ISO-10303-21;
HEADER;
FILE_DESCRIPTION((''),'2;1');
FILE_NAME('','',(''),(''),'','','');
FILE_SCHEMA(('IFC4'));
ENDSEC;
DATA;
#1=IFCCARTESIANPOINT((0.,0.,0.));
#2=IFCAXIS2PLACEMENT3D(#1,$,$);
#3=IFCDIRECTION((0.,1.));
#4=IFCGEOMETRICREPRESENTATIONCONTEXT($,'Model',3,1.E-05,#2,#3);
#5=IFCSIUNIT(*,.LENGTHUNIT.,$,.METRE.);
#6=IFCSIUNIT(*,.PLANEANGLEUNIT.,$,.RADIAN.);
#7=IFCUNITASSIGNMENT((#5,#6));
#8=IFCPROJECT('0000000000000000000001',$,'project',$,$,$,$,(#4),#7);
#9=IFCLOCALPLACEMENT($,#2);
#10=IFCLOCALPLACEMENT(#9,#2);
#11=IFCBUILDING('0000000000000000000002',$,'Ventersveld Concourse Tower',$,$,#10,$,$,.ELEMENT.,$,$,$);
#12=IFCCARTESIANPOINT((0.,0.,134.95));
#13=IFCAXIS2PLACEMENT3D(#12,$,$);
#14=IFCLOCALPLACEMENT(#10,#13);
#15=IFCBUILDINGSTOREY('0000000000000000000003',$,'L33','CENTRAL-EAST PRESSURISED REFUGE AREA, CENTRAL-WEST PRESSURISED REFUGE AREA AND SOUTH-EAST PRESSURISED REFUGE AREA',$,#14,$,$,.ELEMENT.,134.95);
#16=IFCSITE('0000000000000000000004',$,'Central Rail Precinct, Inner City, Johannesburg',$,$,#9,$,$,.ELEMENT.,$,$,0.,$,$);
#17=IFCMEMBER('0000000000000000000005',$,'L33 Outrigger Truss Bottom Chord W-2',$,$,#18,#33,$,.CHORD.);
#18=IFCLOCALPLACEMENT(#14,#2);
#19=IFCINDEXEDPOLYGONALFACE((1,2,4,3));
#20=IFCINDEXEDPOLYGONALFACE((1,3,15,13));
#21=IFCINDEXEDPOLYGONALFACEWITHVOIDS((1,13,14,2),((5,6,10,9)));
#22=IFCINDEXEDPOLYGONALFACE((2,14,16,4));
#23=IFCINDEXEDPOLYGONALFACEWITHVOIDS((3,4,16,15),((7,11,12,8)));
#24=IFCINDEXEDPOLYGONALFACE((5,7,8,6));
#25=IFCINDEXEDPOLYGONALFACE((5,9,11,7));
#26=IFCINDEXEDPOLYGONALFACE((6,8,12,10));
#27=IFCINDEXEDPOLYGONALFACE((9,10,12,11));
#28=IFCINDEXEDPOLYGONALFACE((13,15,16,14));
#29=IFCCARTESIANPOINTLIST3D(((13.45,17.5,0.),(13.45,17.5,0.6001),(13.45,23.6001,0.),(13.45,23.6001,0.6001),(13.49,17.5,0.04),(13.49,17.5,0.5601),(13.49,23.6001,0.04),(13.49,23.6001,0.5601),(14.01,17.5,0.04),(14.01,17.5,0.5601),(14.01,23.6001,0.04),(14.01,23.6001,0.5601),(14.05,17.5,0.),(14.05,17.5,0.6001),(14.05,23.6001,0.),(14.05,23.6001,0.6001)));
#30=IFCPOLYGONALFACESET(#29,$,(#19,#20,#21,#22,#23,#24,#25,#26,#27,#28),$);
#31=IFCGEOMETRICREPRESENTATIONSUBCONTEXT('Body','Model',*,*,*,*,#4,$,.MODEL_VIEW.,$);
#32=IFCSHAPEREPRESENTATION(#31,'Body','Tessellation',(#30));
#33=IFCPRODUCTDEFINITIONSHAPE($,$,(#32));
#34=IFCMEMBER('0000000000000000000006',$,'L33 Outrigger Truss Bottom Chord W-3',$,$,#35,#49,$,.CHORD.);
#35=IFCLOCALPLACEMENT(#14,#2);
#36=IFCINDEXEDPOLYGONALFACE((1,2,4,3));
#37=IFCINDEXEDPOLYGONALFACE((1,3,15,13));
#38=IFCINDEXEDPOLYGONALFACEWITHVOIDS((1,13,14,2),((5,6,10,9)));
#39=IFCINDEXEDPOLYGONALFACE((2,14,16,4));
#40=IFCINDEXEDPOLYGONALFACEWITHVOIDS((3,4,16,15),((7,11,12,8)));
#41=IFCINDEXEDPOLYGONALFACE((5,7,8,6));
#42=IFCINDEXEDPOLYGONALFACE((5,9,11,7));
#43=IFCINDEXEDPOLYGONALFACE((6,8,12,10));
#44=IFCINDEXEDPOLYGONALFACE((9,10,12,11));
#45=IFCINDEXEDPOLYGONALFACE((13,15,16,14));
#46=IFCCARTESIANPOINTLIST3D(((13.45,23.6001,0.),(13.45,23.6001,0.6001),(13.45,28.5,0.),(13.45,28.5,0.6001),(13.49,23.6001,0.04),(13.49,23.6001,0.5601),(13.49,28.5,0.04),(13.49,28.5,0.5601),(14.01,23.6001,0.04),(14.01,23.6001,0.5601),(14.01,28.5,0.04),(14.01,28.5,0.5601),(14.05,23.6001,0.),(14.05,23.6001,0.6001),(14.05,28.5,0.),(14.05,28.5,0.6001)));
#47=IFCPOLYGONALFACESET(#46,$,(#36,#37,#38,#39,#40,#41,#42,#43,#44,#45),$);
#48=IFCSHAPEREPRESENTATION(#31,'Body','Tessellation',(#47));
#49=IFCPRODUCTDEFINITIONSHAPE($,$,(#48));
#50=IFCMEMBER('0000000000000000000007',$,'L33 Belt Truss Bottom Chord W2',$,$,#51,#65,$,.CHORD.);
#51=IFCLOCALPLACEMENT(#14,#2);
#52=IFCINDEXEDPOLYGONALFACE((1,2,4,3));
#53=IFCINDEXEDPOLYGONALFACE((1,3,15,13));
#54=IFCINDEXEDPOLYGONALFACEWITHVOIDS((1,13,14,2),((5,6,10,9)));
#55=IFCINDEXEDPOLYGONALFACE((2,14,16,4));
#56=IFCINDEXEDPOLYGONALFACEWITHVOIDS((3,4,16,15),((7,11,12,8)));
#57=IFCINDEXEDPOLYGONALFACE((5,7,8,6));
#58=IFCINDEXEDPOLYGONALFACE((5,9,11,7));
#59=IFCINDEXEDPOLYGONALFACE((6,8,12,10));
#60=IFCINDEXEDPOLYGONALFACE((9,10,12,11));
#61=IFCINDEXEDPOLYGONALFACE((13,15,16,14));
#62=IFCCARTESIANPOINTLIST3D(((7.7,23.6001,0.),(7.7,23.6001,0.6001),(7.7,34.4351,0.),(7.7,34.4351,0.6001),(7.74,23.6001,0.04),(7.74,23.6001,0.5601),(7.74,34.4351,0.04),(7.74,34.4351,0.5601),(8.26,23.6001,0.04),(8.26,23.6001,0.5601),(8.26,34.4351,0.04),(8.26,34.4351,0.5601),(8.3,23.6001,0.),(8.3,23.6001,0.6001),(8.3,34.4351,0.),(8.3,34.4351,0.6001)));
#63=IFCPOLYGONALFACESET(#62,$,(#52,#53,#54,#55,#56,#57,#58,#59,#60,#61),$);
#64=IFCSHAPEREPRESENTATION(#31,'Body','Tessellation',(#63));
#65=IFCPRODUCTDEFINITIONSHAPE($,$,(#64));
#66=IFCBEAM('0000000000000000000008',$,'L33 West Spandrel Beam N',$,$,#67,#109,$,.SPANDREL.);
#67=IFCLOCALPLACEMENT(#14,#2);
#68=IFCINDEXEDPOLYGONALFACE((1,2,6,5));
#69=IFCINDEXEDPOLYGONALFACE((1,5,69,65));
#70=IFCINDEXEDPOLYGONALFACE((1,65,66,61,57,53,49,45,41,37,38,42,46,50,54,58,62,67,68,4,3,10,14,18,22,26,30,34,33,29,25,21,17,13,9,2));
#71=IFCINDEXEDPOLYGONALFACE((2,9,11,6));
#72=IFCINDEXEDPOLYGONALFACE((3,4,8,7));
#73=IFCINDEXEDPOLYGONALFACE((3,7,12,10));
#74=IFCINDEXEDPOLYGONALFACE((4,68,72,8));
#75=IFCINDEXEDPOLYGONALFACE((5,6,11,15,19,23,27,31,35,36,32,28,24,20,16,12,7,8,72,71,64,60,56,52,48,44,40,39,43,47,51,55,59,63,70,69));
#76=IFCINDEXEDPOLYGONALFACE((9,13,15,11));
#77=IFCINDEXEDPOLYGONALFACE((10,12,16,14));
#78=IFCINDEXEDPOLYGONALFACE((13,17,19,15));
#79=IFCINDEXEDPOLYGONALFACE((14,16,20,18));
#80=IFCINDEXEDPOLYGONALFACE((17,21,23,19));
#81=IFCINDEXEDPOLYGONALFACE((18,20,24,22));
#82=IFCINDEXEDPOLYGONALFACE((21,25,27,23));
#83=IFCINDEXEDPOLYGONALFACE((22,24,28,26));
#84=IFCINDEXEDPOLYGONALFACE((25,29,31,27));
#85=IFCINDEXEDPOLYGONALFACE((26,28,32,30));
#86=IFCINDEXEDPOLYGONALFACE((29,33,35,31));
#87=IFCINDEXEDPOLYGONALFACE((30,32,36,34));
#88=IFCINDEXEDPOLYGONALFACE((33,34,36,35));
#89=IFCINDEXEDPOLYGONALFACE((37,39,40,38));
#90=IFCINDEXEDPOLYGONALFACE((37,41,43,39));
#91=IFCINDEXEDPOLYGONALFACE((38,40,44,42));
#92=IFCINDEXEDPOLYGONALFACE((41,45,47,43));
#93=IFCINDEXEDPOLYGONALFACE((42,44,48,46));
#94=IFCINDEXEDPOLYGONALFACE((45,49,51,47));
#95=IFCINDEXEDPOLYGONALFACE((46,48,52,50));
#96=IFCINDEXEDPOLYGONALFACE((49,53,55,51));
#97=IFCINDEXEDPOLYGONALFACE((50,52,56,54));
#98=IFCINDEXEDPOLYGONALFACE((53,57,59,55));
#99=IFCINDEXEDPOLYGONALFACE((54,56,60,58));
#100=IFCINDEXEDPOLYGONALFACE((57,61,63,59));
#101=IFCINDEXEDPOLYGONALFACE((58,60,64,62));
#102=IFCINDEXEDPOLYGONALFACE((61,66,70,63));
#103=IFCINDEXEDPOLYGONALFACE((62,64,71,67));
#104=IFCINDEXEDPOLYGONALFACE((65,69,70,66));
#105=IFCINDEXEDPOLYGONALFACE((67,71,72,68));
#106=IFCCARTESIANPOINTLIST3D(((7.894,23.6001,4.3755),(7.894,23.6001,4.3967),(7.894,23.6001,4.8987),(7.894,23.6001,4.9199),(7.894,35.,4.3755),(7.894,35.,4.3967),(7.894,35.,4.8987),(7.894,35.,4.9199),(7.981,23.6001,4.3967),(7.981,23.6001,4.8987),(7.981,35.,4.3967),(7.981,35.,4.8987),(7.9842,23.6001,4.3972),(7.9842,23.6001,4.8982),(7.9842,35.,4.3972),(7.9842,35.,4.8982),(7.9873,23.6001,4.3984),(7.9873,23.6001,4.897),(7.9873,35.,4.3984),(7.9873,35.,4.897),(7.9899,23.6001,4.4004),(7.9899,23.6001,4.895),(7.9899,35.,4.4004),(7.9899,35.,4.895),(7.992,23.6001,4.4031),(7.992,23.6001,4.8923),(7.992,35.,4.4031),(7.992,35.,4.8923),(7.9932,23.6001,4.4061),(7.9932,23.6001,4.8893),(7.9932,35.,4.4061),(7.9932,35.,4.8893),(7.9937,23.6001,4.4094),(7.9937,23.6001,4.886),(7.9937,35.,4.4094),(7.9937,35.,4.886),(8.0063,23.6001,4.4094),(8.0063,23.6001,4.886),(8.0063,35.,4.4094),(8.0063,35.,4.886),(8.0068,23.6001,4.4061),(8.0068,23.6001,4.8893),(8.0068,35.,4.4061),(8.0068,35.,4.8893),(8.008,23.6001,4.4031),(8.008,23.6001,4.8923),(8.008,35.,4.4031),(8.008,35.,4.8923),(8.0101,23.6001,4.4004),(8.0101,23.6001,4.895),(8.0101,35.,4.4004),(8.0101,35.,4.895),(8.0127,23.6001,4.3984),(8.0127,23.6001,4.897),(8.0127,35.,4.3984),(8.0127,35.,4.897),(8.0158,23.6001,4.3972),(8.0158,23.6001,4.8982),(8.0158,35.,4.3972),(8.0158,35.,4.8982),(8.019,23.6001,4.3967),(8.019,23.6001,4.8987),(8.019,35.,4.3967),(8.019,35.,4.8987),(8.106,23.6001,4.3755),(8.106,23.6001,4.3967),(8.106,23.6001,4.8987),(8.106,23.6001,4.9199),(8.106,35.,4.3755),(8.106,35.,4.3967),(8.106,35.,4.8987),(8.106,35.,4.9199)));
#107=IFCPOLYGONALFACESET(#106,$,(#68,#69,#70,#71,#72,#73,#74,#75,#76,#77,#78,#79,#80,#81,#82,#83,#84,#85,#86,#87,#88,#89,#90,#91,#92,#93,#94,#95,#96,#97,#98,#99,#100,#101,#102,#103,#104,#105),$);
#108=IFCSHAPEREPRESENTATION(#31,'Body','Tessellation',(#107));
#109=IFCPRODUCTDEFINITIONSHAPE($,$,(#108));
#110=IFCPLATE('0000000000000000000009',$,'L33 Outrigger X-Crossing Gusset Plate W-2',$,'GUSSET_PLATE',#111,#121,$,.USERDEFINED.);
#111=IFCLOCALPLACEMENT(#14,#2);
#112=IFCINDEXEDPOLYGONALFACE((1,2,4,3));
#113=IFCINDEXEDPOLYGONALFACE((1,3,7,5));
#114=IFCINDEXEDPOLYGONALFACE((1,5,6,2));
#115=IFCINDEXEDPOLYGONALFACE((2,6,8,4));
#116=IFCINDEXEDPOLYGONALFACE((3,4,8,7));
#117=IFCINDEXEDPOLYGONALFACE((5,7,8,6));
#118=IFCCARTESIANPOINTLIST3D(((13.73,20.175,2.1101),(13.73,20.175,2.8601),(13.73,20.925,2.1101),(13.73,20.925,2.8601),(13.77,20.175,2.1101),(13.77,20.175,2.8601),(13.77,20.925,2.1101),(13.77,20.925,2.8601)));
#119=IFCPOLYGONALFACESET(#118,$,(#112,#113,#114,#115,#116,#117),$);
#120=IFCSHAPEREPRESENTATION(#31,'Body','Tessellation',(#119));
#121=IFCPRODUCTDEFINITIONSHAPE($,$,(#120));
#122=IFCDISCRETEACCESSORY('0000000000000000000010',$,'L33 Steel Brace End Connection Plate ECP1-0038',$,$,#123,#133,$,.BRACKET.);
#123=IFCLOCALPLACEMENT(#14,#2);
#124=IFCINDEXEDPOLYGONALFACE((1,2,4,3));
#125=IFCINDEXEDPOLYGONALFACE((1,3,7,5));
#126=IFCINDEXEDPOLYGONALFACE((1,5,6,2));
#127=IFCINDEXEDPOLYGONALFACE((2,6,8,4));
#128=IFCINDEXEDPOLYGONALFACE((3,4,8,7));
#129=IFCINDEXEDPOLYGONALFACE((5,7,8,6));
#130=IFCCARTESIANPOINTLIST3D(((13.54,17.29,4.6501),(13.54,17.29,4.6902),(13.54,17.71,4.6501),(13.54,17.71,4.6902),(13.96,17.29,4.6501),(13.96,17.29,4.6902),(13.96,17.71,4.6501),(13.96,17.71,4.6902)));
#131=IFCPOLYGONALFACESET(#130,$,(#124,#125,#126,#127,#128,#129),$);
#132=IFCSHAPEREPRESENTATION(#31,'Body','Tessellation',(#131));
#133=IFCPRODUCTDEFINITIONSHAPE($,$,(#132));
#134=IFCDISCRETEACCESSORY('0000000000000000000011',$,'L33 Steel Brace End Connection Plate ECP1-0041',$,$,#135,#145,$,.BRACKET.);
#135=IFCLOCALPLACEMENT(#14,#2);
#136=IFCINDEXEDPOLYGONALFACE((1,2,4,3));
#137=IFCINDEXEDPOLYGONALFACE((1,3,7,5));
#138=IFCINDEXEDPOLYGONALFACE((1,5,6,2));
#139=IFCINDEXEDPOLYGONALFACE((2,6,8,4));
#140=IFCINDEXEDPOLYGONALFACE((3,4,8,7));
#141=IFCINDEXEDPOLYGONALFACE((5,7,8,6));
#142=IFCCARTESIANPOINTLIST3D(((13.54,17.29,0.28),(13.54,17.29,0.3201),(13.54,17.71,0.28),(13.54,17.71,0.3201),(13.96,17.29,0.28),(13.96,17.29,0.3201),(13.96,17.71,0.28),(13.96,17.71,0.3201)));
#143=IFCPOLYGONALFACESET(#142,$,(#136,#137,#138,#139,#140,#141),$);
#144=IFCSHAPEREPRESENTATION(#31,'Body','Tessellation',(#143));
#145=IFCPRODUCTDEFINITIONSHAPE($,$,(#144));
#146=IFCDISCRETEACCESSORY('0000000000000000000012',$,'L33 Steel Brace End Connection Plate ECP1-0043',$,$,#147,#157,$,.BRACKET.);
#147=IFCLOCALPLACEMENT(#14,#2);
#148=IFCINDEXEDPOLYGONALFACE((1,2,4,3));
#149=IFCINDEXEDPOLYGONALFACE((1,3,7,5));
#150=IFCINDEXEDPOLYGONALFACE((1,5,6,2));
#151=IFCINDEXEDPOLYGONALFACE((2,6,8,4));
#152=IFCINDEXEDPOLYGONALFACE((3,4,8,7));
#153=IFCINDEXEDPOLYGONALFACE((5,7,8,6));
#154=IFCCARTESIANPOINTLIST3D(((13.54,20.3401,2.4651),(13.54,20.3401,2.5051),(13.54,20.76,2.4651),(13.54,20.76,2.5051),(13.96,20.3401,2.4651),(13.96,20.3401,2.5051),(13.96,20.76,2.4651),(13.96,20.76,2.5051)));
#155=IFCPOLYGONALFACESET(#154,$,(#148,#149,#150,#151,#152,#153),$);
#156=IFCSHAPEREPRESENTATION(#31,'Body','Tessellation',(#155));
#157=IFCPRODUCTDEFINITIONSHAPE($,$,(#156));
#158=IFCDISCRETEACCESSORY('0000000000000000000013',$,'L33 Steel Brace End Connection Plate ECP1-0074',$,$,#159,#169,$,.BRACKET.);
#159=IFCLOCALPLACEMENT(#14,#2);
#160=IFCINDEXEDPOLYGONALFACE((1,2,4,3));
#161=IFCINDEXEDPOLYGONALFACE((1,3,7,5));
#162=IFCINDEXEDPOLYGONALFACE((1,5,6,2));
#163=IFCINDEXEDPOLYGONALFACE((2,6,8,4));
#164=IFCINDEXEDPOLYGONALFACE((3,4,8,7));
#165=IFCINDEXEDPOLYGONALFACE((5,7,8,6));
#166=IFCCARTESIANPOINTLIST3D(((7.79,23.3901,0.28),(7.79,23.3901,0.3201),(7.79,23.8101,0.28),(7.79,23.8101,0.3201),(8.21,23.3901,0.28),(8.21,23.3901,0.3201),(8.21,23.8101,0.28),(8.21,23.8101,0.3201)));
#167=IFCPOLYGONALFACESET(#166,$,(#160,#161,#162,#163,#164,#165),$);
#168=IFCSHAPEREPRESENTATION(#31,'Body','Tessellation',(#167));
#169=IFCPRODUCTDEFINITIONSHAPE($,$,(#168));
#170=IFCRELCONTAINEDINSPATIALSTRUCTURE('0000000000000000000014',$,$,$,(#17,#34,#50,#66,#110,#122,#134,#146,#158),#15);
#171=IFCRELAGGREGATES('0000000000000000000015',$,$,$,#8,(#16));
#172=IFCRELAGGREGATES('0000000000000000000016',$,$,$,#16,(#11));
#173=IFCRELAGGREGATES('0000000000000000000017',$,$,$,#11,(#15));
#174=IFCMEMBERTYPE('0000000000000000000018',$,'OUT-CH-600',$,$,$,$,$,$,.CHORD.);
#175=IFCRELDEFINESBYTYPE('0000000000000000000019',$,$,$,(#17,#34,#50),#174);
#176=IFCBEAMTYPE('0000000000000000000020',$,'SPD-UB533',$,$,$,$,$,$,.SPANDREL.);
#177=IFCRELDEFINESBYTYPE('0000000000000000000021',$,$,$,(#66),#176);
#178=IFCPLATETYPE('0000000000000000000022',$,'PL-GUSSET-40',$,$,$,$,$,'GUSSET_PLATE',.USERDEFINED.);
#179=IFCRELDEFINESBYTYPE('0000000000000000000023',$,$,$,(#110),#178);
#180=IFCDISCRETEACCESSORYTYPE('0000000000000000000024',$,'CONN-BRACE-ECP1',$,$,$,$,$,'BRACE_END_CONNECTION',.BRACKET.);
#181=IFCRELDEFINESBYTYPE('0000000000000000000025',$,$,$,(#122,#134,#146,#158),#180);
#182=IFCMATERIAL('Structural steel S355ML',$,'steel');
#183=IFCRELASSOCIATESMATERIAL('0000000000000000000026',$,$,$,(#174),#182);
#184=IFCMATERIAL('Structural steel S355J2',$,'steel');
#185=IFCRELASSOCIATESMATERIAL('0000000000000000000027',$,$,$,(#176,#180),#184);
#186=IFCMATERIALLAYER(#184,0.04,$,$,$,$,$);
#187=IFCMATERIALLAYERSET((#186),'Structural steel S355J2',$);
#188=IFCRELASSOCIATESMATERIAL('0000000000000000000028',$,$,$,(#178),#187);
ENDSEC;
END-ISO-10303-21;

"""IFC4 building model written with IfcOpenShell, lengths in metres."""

from ifc_helpers import new_model, si_unit, direction, frame, origin, origin_2d, place, context, subcontext, project, spatial, rectangle, hollow_rectangle, i_section, extrude, material, layer, layer_set, material_profile, profile_set, type_object, element, save


model = new_model("IFC4")

# Units and contexts
model_context = context("Model", 3, precision=1e-05, world=origin(), true_north=direction((0.0, 1.0)))
body_context = subcontext(model_context, "Body", "Model", "MODEL_VIEW")
ifc_project = project(units=[si_unit("LENGTHUNIT", "METRE"), si_unit("PLANEANGLEUNIT", "RADIAN")], contexts=[model_context])

# Site, building, storey
site_placement = place(None, origin())
site = spatial("IfcSite", under=ifc_project, at=site_placement, Name="Central Rail Precinct, Inner City, Johannesburg", CompositionType="ELEMENT", RefElevation=0.0)
building_placement = place(site_placement, origin())
building = spatial("IfcBuilding", under=site, at=building_placement, Name="Ventersveld Concourse Tower", CompositionType="ELEMENT")
storey_placement = place(building_placement, frame((0.0, 0.0, 134.95)))
storey = spatial("IfcBuildingStorey", under=building, at=storey_placement, Name="L33", Description="CENTRAL-EAST PRESSURISED REFUGE AREA, CENTRAL-WEST PRESSURISED REFUGE AREA AND SOUTH-EAST PRESSURISED REFUGE AREA", CompositionType="ELEMENT", Elevation=134.95)

# Shared definitions
ifc_material_1 = material(Name="Structural steel S355ML", Category="steel")

# Shared definitions
ifc_material_2 = material(Name="Structural steel S355J2", Category="steel")

# Members
ifc_material_profile_1 = material_profile(ifc_material_1, hollow_rectangle(XDim=0.6001, YDim=0.6001, WallThickness=0.04, at=origin_2d()), Name="BOX 600x600x40")
ifc_profile_set_1 = profile_set([ifc_material_profile_1], Name="Structural steel S355ML")
member_type_1 = type_object("IfcMemberType", Name="OUT-CH-600", PredefinedType="CHORD", material=ifc_profile_set_1)
member_1_placement = place(storey_placement, frame((13.75, 17.5, 0.3), z_axis=(0.0, 1.0, 0.0), x_axis=(-1.0, 0.0, 0.0)))
element("IfcMember", 1, at=member_1_placement, inside=storey, type_object=member_type_1, Name="L33 Outrigger Truss Bottom Chord W-2", PredefinedType="CHORD", context=body_context, shape_type="SweptSolid", body=[
    extrude(hollow_rectangle(XDim=0.6001, YDim=0.6001, WallThickness=0.04, at=origin_2d()), origin(), (0.0, 0.0, 1.0), 6.1001),
])
member_2_placement = place(storey_placement, frame((13.75, 23.6001, 0.3), z_axis=(0.0, 1.0, 0.0), x_axis=(-1.0, 0.0, 0.0)))
element("IfcMember", 2, at=member_2_placement, inside=storey, type_object=member_type_1, Name="L33 Outrigger Truss Bottom Chord W-3", PredefinedType="CHORD", context=body_context, shape_type="SweptSolid", body=[
    extrude(hollow_rectangle(XDim=0.6001, YDim=0.6001, WallThickness=0.04, at=origin_2d()), origin(), (0.0, 0.0, 1.0), 4.8999),
])
member_3_placement = place(storey_placement, frame((8.0, 23.6001, 0.3), z_axis=(0.0, 1.0, 0.0), x_axis=(-1.0, 0.0, 0.0)))
element("IfcMember", 3, at=member_3_placement, inside=storey, type_object=member_type_1, Name="L33 Belt Truss Bottom Chord W2", PredefinedType="CHORD", context=body_context, shape_type="SweptSolid", body=[
    extrude(hollow_rectangle(XDim=0.6001, YDim=0.6001, WallThickness=0.04, at=origin_2d()), origin(), (0.0, 0.0, 1.0), 10.835),
])

# Beam
ifc_material_profile_2 = material_profile(ifc_material_2, i_section(OverallWidth=0.2119, OverallDepth=0.5444, WebThickness=0.0127, FlangeThickness=0.0212, FilletRadius=0.0127, at=origin_2d()), Name="UB 533x210x122")
ifc_profile_set_2 = profile_set([ifc_material_profile_2], Name="Structural steel S355J2")
beam_type_1 = type_object("IfcBeamType", Name="SPD-UB533", PredefinedType="SPANDREL", material=ifc_profile_set_2)
beam_1_placement = place(storey_placement, frame((8.0, 23.6001, 4.6477), z_axis=(0.0, 1.0, 0.0), x_axis=(-1.0, 0.0, 0.0)))
element("IfcBeam", 4, at=beam_1_placement, inside=storey, type_object=beam_type_1, Name="L33 West Spandrel Beam N", PredefinedType="SPANDREL", context=body_context, shape_type="SweptSolid", body=[
    extrude(i_section(OverallWidth=0.2119, OverallDepth=0.5444, WebThickness=0.0127, FlangeThickness=0.0212, FilletRadius=0.0127, at=origin_2d()), origin(), (0.0, 0.0, 1.0), 11.3999),
])

# Plate
ifc_layer = layer(ifc_material_2, 0.04)
ifc_layer_set = layer_set([ifc_layer], Name="Structural steel S355J2")
plate_type = type_object("IfcPlateType", Name="PL-GUSSET-40", ElementType="GUSSET_PLATE", PredefinedType="USERDEFINED", material=ifc_layer_set)
plate_placement = place(storey_placement, frame((13.75, 20.55, 2.1101), z_axis=(0.0, 0.0, 1.0), x_axis=(1.0, 0.0, 0.0)))
element("IfcPlate", 5, at=plate_placement, inside=storey, type_object=plate_type, Name="L33 Outrigger X-Crossing Gusset Plate W-2", ObjectType="GUSSET_PLATE", PredefinedType="USERDEFINED", context=body_context, shape_type="SweptSolid", body=[
    extrude(rectangle(XDim=0.04, YDim=0.75, at=origin_2d()), origin(), (0.0, 0.0, 1.0), 0.75),
])

# Discrete accessories
discrete_accessory_type = type_object("IfcDiscreteAccessoryType", Name="CONN-BRACE-ECP1", ElementType="BRACE_END_CONNECTION", PredefinedType="BRACKET", material=ifc_material_2)
for number, where, z_axis, x_axis, name in (
    (6, (13.75, 17.5, 4.6501), (0.0, 0.0, 1.0), (1.0, 0.0, 0.0), "L33 Steel Brace End Connection Plate ECP1-0038"),
    (7, (13.75, 17.5, 0.28), (0.0, 0.0, 1.0), (1.0, 0.0, 0.0), "L33 Steel Brace End Connection Plate ECP1-0041"),
    (8, (13.75, 20.55, 2.4651), (0.0, 0.0, 1.0), (1.0, 0.0, 0.0), "L33 Steel Brace End Connection Plate ECP1-0043"),
    (9, (8.0, 23.6001, 0.28), (0.0, 0.0, 1.0), (1.0, 0.0, 0.0), "L33 Steel Brace End Connection Plate ECP1-0074"),
):
    element("IfcDiscreteAccessory", number, at=place(storey_placement, frame(where, z_axis=z_axis, x_axis=x_axis)), inside=storey, type_object=discrete_accessory_type, Name=name, PredefinedType="BRACKET", context=body_context, shape_type="SweptSolid", body=[
        extrude(rectangle(XDim=0.4199, YDim=0.4199, at=origin_2d()), origin(), (0.0, 0.0, 1.0), 0.04),
    ])

save(model, "model.ifc")
